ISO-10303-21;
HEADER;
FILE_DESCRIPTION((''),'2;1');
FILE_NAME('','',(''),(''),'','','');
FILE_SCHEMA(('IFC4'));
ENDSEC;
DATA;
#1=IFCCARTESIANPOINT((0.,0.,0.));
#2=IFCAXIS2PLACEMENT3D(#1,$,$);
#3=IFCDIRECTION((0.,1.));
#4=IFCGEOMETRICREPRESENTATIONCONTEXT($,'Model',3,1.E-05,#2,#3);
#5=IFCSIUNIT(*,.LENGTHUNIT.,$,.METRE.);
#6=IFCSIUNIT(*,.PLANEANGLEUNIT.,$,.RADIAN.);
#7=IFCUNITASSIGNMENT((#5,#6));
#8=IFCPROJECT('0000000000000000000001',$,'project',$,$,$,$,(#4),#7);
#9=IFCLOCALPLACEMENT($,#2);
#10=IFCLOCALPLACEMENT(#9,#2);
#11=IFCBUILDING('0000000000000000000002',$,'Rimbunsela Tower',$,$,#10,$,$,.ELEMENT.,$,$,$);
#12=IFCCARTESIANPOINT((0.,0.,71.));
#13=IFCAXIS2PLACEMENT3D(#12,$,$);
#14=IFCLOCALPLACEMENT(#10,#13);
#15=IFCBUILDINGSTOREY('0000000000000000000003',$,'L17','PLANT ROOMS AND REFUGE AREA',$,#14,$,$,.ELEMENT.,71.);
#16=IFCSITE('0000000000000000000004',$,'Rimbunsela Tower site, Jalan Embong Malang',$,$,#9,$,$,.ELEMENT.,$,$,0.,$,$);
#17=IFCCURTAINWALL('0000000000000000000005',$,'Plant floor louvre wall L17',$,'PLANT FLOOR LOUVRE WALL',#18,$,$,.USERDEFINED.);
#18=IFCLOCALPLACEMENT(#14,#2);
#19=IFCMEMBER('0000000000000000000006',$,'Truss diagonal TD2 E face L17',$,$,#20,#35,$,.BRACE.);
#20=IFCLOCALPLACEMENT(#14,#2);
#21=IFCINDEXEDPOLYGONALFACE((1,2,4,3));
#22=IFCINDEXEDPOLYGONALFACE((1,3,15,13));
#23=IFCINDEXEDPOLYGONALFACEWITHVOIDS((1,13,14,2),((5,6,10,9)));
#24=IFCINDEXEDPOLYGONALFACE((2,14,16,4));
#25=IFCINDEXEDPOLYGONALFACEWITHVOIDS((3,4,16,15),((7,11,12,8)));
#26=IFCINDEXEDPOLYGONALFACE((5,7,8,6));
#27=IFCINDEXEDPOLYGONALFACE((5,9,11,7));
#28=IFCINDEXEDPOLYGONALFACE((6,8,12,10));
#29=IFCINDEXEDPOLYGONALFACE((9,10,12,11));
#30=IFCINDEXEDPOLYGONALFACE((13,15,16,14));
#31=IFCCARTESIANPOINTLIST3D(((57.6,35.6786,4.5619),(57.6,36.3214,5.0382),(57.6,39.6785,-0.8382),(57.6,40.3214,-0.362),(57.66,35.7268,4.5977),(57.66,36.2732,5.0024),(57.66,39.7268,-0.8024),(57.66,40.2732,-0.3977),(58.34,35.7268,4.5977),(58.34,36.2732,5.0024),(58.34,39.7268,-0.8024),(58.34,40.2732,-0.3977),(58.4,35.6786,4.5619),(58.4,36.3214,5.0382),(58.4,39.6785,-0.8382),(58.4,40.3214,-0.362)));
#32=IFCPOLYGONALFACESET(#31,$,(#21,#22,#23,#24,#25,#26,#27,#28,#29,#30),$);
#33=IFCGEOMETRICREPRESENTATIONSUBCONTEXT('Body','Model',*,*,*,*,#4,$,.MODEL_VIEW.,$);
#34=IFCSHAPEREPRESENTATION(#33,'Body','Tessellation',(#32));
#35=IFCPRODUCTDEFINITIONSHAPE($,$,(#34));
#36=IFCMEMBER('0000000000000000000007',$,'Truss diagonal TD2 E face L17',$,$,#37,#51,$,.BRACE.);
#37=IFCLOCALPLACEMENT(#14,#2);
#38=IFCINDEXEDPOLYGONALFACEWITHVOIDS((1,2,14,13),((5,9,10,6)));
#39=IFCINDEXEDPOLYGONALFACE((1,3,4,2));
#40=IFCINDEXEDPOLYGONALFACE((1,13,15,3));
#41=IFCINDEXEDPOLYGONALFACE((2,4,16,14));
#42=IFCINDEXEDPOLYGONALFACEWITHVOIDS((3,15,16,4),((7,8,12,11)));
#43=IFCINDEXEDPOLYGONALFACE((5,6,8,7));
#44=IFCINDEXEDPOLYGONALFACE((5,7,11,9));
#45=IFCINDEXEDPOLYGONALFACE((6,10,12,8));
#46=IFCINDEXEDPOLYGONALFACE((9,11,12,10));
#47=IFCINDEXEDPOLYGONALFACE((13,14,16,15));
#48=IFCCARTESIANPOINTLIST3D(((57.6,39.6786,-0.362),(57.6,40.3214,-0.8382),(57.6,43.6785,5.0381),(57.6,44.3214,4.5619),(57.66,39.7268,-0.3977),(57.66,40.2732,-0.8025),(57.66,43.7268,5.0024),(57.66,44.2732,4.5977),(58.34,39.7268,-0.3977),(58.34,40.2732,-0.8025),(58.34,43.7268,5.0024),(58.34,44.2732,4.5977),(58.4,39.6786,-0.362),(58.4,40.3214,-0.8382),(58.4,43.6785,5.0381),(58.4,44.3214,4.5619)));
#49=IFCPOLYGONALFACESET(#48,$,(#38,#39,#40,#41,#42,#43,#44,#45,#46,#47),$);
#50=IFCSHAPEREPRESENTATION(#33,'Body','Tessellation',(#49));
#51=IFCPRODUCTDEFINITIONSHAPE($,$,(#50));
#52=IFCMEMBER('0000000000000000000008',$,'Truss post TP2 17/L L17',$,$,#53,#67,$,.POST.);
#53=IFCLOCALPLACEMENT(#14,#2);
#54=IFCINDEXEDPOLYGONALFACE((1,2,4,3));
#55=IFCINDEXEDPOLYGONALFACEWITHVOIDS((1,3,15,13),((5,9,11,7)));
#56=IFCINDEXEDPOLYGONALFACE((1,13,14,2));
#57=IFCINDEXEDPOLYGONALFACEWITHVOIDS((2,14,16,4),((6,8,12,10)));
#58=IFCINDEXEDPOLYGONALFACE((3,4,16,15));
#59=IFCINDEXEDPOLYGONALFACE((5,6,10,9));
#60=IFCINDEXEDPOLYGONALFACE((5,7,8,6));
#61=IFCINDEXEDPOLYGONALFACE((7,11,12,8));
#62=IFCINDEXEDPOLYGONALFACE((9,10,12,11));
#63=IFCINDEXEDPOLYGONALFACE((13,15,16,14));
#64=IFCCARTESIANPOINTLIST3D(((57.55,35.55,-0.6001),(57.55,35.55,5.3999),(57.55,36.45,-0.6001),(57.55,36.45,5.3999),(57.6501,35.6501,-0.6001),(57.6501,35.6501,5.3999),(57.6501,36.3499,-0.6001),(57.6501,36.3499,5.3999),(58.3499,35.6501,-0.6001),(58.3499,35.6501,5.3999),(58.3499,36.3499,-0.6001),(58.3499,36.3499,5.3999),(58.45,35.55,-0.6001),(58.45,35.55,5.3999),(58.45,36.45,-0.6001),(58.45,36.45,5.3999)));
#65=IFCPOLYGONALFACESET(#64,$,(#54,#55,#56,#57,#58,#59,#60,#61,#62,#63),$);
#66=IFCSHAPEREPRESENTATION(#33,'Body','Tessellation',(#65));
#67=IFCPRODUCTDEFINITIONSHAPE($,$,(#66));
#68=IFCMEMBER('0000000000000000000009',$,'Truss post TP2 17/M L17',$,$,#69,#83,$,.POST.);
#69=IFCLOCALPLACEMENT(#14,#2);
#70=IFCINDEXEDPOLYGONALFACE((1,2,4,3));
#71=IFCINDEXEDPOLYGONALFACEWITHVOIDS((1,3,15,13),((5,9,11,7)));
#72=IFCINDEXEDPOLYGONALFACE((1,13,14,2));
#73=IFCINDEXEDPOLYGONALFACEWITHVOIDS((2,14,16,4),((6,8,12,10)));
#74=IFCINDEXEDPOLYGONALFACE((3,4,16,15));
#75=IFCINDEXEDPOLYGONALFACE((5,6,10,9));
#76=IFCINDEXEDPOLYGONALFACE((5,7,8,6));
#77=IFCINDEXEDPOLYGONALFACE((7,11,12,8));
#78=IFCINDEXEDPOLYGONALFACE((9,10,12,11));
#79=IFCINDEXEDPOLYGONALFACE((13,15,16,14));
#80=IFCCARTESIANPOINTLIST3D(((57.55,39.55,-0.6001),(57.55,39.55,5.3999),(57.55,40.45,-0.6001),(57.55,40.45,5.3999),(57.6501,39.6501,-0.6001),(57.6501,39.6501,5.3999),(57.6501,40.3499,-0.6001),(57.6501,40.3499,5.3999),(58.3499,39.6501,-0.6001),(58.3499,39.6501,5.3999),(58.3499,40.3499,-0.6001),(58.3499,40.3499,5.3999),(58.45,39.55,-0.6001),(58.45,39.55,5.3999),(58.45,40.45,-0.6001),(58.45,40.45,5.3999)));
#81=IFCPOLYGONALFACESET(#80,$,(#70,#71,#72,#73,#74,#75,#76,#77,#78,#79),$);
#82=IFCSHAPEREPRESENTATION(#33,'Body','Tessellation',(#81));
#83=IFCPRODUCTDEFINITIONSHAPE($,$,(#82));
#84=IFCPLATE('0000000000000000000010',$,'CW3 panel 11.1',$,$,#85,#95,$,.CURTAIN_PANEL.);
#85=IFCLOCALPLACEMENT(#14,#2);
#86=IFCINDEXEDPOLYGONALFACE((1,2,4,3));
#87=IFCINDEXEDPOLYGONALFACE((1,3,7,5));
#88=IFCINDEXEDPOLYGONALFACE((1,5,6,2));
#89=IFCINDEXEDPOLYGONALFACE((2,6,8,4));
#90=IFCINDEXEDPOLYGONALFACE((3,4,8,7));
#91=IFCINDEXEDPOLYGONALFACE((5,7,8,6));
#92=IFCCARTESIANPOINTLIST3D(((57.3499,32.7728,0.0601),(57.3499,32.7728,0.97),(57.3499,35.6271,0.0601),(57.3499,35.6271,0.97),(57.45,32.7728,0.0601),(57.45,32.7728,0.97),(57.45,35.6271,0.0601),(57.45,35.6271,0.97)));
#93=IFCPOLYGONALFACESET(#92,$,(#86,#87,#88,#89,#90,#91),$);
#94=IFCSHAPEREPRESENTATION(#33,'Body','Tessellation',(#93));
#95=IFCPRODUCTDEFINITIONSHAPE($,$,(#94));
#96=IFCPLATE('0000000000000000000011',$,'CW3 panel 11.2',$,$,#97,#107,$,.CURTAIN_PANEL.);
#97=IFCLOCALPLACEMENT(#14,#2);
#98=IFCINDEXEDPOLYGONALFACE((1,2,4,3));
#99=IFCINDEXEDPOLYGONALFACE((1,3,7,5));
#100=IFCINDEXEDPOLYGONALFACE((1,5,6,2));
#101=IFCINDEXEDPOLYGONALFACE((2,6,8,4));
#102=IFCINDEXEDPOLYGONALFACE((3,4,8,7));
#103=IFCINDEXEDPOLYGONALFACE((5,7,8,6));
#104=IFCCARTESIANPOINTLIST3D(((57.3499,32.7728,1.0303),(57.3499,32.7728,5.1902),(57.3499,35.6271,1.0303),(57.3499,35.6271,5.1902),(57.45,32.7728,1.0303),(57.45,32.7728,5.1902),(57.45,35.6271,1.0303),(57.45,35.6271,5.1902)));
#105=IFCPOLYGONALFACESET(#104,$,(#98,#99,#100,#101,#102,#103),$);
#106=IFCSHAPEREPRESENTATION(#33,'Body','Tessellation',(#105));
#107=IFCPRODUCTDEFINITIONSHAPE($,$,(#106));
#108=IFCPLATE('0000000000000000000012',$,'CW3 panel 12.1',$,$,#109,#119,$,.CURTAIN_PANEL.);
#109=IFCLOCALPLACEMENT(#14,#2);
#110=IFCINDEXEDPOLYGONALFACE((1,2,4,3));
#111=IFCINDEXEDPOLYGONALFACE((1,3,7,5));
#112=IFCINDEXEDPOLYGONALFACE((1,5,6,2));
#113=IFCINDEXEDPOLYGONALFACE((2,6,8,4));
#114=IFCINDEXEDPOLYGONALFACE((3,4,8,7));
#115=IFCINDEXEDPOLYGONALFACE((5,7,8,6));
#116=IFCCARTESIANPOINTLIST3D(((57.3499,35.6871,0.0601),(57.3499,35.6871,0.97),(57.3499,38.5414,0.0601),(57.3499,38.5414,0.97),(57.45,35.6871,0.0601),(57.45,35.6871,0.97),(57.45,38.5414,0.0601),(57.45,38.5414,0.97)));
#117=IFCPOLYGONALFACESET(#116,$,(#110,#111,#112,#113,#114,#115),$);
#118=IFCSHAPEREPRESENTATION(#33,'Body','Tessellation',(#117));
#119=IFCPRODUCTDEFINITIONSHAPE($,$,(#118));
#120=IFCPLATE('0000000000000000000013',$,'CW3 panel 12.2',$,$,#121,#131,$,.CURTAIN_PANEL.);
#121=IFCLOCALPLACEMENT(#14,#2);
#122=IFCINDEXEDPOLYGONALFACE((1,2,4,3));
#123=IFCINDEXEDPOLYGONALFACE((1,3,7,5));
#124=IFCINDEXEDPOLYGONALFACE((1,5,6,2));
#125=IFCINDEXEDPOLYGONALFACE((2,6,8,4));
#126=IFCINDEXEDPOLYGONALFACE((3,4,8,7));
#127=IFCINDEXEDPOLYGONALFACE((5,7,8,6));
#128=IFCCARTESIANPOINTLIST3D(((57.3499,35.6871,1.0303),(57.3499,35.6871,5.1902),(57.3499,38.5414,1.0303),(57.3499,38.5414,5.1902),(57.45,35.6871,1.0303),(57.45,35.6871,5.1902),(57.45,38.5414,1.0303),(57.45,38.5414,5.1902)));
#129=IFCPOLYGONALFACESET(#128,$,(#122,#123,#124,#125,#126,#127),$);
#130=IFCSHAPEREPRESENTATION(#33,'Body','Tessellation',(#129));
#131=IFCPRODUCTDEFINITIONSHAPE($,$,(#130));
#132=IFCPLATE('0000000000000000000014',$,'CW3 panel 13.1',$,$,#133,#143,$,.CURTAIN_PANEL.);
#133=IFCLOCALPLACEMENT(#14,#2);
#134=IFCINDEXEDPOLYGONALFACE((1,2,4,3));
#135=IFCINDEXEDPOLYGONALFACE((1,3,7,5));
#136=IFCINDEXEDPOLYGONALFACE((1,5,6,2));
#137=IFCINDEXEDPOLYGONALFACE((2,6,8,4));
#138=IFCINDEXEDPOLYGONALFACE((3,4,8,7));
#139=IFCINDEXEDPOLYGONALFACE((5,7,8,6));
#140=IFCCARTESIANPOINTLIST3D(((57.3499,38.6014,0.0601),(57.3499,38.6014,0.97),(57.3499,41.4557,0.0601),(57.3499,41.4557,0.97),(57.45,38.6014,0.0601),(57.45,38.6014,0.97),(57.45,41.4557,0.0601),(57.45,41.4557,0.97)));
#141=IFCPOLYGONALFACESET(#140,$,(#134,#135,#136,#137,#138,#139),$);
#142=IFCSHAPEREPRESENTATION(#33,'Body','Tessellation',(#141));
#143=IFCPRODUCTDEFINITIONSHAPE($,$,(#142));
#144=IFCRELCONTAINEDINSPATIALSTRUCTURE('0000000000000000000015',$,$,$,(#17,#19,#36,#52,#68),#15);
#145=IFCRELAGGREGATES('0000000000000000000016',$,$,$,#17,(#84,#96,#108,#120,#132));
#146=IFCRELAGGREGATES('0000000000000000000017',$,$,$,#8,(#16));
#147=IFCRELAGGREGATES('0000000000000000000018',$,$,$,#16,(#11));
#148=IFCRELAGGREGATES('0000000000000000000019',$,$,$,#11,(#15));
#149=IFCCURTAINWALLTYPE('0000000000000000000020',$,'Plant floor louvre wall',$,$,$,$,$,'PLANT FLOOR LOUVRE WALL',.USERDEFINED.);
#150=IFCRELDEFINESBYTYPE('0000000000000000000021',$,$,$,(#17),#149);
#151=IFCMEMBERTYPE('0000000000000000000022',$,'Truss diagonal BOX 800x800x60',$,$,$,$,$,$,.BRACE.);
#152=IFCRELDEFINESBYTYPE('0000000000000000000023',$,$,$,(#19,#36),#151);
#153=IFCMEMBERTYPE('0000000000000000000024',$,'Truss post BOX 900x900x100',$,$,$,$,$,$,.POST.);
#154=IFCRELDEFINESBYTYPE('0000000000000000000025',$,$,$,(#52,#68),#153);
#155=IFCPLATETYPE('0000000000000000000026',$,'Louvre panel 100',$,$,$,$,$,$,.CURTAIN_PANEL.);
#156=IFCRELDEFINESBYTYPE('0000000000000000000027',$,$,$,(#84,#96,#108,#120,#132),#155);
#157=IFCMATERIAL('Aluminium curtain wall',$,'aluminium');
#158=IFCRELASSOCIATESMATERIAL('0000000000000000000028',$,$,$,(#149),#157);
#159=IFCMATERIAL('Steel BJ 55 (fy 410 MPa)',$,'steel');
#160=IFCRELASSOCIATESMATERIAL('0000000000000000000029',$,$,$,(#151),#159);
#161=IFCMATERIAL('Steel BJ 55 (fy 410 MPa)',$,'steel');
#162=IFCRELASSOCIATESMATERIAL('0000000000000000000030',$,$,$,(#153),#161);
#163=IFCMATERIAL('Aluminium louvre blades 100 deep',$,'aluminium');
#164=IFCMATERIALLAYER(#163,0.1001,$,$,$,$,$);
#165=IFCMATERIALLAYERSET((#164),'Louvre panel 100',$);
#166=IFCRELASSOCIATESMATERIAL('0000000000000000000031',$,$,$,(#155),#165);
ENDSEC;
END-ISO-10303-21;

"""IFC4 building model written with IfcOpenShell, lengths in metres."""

from ifc_helpers import new_model, si_unit, direction, frame, origin, origin_2d, place, context, subcontext, project, spatial, rectangle, hollow_rectangle, extrude, material, layer, layer_set, material_profile, profile_set, type_object, element, aggregate, save


model = new_model("IFC4")

# Units and contexts
model_context = context("Model", 3, precision=1e-05, world=origin(), true_north=direction((0.0, 1.0)))
body_context = subcontext(model_context, "Body", "Model", "MODEL_VIEW")
ifc_project = project(units=[si_unit("LENGTHUNIT", "METRE"), si_unit("PLANEANGLEUNIT", "RADIAN")], contexts=[model_context])

# Site, building, storey
site_placement = place(None, origin())
site = spatial("IfcSite", under=ifc_project, at=site_placement, Name="Rimbunsela Tower site, Jalan Embong Malang", CompositionType="ELEMENT", RefElevation=0.0)
building_placement = place(site_placement, origin())
building = spatial("IfcBuilding", under=site, at=building_placement, Name="Rimbunsela Tower", CompositionType="ELEMENT")
storey_placement = place(building_placement, frame((0.0, 0.0, 71.0)))
storey = spatial("IfcBuildingStorey", under=building, at=storey_placement, Name="L17", Description="PLANT ROOMS AND REFUGE AREA", CompositionType="ELEMENT", Elevation=71.0)

# Curtain wall
ifc_material_1 = material(Name="Aluminium curtain wall", Category="aluminium")
curtain_wall_type = type_object("IfcCurtainWallType", Name="Plant floor louvre wall", ElementType="PLANT FLOOR LOUVRE WALL", PredefinedType="USERDEFINED", material=ifc_material_1)
curtain_wall_placement = place(storey_placement, origin())
curtain_wall = element("IfcCurtainWall", 1, at=curtain_wall_placement, inside=storey, type_object=curtain_wall_type, Name="Plant floor louvre wall L17", ObjectType="PLANT FLOOR LOUVRE WALL", PredefinedType="USERDEFINED")

# Members
ifc_material_2 = material(Name="Steel BJ 55 (fy 410 MPa)", Category="steel")
ifc_material_profile_1 = material_profile(ifc_material_2, hollow_rectangle(XDim=0.8, YDim=0.8, WallThickness=0.0601, at=origin_2d()), Name="BOX 800x800x60")
ifc_profile_set_1 = profile_set([ifc_material_profile_1], Name="Steel BJ 55 (fy 410 MPa)")
member_type_1 = type_object("IfcMemberType", Name="Truss diagonal BOX 800x800x60", PredefinedType="BRACE", material=ifc_profile_set_1)
for number, where, z_axis, x_axis, name in (
    (2, (58.0, 36.0, 4.8), (0.0, 0.595217, -0.803565), (-1.0, 0.0, 0.0), "Truss diagonal TD2 E face L17"),
    (3, (58.0, 40.0, -0.6001), (0.0, 0.595217, 0.803565), (-1.0, 0.0, 0.0), "Truss diagonal TD2 E face L17"),
):
    element("IfcMember", number, at=place(storey_placement, frame(where, z_axis=z_axis, x_axis=x_axis)), inside=storey, type_object=member_type_1, Name=name, PredefinedType="BRACE", context=body_context, shape_type="SweptSolid", body=[
        extrude(hollow_rectangle(XDim=0.8, YDim=0.8, WallThickness=0.0601, at=origin_2d()), origin(), (0.0, 0.0, 1.0), 6.7202),
    ])
ifc_material_3 = material(Name="Steel BJ 55 (fy 410 MPa)", Category="steel")
ifc_material_profile_2 = material_profile(ifc_material_3, hollow_rectangle(XDim=0.8999, YDim=0.8999, WallThickness=0.1001, at=origin_2d()), Name="BOX 900x900x100")
ifc_profile_set_2 = profile_set([ifc_material_profile_2], Name="Steel BJ 55 (fy 410 MPa)")
member_type_2 = type_object("IfcMemberType", Name="Truss post BOX 900x900x100", PredefinedType="POST", material=ifc_profile_set_2)
for number, where, z_axis, x_axis, name in (
    (4, (58.0, 36.0, -0.6001), (0.0, 0.0, 1.0), (1.0, 0.0, 0.0), "Truss post TP2 17/L L17"),
    (5, (58.0, 40.0, -0.6001), (0.0, 0.0, 1.0), (1.0, 0.0, 0.0), "Truss post TP2 17/M L17"),
):
    element("IfcMember", number, at=place(storey_placement, frame(where, z_axis=z_axis, x_axis=x_axis)), inside=storey, type_object=member_type_2, Name=name, PredefinedType="POST", context=body_context, shape_type="SweptSolid", body=[
        extrude(hollow_rectangle(XDim=0.8999, YDim=0.8999, WallThickness=0.1001, at=origin_2d()), origin(), (0.0, 0.0, 1.0), 6.0),
    ])

# Plates
ifc_material_4 = material(Name="Aluminium louvre blades 100 deep", Category="aluminium")
ifc_layer = layer(ifc_material_4, 0.1001)
ifc_layer_set = layer_set([ifc_layer], Name="Louvre panel 100")
plate_type = type_object("IfcPlateType", Name="Louvre panel 100", PredefinedType="CURTAIN_PANEL", material=ifc_layer_set)
plate_1_placement = place(storey_placement, frame((57.3999, 34.2, 0.0601), z_axis=(0.0, 0.0, 1.0), x_axis=(0.0, 1.0, 0.0)))
plate_1 = element("IfcPlate", 6, at=plate_1_placement, type_object=plate_type, Name="CW3 panel 11.1", PredefinedType="CURTAIN_PANEL", context=body_context, shape_type="SweptSolid", body=[
    extrude(rectangle(XDim=2.8542, YDim=0.1001, at=origin_2d()), origin(), (0.0, 0.0, 1.0), 0.9099),
])
plate_2_placement = place(storey_placement, frame((57.3999, 34.2, 1.0303), z_axis=(0.0, 0.0, 1.0), x_axis=(0.0, 1.0, 0.0)))
plate_2 = element("IfcPlate", 7, at=plate_2_placement, type_object=plate_type, Name="CW3 panel 11.2", PredefinedType="CURTAIN_PANEL", context=body_context, shape_type="SweptSolid", body=[
    extrude(rectangle(XDim=2.8542, YDim=0.1001, at=origin_2d()), origin(), (0.0, 0.0, 1.0), 4.1599),
])
plate_3_placement = place(storey_placement, frame((57.3999, 37.1143, 0.0601), z_axis=(0.0, 0.0, 1.0), x_axis=(0.0, 1.0, 0.0)))
plate_3 = element("IfcPlate", 8, at=plate_3_placement, type_object=plate_type, Name="CW3 panel 12.1", PredefinedType="CURTAIN_PANEL", context=body_context, shape_type="SweptSolid", body=[
    extrude(rectangle(XDim=2.8542, YDim=0.1001, at=origin_2d()), origin(), (0.0, 0.0, 1.0), 0.9099),
])
plate_4_placement = place(storey_placement, frame((57.3999, 37.1143, 1.0303), z_axis=(0.0, 0.0, 1.0), x_axis=(0.0, 1.0, 0.0)))
plate_4 = element("IfcPlate", 9, at=plate_4_placement, type_object=plate_type, Name="CW3 panel 12.2", PredefinedType="CURTAIN_PANEL", context=body_context, shape_type="SweptSolid", body=[
    extrude(rectangle(XDim=2.8542, YDim=0.1001, at=origin_2d()), origin(), (0.0, 0.0, 1.0), 4.1599),
])
plate_5_placement = place(storey_placement, frame((57.3999, 40.0286, 0.0601), z_axis=(0.0, 0.0, 1.0), x_axis=(0.0, 1.0, 0.0)))
plate_5 = element("IfcPlate", 10, at=plate_5_placement, type_object=plate_type, Name="CW3 panel 13.1", PredefinedType="CURTAIN_PANEL", context=body_context, shape_type="SweptSolid", body=[
    extrude(rectangle(XDim=2.8542, YDim=0.1001, at=origin_2d()), origin(), (0.0, 0.0, 1.0), 0.9099),
])
aggregate(curtain_wall, [plate_1, plate_2, plate_3, plate_4, plate_5])

save(model, "model.ifc")
